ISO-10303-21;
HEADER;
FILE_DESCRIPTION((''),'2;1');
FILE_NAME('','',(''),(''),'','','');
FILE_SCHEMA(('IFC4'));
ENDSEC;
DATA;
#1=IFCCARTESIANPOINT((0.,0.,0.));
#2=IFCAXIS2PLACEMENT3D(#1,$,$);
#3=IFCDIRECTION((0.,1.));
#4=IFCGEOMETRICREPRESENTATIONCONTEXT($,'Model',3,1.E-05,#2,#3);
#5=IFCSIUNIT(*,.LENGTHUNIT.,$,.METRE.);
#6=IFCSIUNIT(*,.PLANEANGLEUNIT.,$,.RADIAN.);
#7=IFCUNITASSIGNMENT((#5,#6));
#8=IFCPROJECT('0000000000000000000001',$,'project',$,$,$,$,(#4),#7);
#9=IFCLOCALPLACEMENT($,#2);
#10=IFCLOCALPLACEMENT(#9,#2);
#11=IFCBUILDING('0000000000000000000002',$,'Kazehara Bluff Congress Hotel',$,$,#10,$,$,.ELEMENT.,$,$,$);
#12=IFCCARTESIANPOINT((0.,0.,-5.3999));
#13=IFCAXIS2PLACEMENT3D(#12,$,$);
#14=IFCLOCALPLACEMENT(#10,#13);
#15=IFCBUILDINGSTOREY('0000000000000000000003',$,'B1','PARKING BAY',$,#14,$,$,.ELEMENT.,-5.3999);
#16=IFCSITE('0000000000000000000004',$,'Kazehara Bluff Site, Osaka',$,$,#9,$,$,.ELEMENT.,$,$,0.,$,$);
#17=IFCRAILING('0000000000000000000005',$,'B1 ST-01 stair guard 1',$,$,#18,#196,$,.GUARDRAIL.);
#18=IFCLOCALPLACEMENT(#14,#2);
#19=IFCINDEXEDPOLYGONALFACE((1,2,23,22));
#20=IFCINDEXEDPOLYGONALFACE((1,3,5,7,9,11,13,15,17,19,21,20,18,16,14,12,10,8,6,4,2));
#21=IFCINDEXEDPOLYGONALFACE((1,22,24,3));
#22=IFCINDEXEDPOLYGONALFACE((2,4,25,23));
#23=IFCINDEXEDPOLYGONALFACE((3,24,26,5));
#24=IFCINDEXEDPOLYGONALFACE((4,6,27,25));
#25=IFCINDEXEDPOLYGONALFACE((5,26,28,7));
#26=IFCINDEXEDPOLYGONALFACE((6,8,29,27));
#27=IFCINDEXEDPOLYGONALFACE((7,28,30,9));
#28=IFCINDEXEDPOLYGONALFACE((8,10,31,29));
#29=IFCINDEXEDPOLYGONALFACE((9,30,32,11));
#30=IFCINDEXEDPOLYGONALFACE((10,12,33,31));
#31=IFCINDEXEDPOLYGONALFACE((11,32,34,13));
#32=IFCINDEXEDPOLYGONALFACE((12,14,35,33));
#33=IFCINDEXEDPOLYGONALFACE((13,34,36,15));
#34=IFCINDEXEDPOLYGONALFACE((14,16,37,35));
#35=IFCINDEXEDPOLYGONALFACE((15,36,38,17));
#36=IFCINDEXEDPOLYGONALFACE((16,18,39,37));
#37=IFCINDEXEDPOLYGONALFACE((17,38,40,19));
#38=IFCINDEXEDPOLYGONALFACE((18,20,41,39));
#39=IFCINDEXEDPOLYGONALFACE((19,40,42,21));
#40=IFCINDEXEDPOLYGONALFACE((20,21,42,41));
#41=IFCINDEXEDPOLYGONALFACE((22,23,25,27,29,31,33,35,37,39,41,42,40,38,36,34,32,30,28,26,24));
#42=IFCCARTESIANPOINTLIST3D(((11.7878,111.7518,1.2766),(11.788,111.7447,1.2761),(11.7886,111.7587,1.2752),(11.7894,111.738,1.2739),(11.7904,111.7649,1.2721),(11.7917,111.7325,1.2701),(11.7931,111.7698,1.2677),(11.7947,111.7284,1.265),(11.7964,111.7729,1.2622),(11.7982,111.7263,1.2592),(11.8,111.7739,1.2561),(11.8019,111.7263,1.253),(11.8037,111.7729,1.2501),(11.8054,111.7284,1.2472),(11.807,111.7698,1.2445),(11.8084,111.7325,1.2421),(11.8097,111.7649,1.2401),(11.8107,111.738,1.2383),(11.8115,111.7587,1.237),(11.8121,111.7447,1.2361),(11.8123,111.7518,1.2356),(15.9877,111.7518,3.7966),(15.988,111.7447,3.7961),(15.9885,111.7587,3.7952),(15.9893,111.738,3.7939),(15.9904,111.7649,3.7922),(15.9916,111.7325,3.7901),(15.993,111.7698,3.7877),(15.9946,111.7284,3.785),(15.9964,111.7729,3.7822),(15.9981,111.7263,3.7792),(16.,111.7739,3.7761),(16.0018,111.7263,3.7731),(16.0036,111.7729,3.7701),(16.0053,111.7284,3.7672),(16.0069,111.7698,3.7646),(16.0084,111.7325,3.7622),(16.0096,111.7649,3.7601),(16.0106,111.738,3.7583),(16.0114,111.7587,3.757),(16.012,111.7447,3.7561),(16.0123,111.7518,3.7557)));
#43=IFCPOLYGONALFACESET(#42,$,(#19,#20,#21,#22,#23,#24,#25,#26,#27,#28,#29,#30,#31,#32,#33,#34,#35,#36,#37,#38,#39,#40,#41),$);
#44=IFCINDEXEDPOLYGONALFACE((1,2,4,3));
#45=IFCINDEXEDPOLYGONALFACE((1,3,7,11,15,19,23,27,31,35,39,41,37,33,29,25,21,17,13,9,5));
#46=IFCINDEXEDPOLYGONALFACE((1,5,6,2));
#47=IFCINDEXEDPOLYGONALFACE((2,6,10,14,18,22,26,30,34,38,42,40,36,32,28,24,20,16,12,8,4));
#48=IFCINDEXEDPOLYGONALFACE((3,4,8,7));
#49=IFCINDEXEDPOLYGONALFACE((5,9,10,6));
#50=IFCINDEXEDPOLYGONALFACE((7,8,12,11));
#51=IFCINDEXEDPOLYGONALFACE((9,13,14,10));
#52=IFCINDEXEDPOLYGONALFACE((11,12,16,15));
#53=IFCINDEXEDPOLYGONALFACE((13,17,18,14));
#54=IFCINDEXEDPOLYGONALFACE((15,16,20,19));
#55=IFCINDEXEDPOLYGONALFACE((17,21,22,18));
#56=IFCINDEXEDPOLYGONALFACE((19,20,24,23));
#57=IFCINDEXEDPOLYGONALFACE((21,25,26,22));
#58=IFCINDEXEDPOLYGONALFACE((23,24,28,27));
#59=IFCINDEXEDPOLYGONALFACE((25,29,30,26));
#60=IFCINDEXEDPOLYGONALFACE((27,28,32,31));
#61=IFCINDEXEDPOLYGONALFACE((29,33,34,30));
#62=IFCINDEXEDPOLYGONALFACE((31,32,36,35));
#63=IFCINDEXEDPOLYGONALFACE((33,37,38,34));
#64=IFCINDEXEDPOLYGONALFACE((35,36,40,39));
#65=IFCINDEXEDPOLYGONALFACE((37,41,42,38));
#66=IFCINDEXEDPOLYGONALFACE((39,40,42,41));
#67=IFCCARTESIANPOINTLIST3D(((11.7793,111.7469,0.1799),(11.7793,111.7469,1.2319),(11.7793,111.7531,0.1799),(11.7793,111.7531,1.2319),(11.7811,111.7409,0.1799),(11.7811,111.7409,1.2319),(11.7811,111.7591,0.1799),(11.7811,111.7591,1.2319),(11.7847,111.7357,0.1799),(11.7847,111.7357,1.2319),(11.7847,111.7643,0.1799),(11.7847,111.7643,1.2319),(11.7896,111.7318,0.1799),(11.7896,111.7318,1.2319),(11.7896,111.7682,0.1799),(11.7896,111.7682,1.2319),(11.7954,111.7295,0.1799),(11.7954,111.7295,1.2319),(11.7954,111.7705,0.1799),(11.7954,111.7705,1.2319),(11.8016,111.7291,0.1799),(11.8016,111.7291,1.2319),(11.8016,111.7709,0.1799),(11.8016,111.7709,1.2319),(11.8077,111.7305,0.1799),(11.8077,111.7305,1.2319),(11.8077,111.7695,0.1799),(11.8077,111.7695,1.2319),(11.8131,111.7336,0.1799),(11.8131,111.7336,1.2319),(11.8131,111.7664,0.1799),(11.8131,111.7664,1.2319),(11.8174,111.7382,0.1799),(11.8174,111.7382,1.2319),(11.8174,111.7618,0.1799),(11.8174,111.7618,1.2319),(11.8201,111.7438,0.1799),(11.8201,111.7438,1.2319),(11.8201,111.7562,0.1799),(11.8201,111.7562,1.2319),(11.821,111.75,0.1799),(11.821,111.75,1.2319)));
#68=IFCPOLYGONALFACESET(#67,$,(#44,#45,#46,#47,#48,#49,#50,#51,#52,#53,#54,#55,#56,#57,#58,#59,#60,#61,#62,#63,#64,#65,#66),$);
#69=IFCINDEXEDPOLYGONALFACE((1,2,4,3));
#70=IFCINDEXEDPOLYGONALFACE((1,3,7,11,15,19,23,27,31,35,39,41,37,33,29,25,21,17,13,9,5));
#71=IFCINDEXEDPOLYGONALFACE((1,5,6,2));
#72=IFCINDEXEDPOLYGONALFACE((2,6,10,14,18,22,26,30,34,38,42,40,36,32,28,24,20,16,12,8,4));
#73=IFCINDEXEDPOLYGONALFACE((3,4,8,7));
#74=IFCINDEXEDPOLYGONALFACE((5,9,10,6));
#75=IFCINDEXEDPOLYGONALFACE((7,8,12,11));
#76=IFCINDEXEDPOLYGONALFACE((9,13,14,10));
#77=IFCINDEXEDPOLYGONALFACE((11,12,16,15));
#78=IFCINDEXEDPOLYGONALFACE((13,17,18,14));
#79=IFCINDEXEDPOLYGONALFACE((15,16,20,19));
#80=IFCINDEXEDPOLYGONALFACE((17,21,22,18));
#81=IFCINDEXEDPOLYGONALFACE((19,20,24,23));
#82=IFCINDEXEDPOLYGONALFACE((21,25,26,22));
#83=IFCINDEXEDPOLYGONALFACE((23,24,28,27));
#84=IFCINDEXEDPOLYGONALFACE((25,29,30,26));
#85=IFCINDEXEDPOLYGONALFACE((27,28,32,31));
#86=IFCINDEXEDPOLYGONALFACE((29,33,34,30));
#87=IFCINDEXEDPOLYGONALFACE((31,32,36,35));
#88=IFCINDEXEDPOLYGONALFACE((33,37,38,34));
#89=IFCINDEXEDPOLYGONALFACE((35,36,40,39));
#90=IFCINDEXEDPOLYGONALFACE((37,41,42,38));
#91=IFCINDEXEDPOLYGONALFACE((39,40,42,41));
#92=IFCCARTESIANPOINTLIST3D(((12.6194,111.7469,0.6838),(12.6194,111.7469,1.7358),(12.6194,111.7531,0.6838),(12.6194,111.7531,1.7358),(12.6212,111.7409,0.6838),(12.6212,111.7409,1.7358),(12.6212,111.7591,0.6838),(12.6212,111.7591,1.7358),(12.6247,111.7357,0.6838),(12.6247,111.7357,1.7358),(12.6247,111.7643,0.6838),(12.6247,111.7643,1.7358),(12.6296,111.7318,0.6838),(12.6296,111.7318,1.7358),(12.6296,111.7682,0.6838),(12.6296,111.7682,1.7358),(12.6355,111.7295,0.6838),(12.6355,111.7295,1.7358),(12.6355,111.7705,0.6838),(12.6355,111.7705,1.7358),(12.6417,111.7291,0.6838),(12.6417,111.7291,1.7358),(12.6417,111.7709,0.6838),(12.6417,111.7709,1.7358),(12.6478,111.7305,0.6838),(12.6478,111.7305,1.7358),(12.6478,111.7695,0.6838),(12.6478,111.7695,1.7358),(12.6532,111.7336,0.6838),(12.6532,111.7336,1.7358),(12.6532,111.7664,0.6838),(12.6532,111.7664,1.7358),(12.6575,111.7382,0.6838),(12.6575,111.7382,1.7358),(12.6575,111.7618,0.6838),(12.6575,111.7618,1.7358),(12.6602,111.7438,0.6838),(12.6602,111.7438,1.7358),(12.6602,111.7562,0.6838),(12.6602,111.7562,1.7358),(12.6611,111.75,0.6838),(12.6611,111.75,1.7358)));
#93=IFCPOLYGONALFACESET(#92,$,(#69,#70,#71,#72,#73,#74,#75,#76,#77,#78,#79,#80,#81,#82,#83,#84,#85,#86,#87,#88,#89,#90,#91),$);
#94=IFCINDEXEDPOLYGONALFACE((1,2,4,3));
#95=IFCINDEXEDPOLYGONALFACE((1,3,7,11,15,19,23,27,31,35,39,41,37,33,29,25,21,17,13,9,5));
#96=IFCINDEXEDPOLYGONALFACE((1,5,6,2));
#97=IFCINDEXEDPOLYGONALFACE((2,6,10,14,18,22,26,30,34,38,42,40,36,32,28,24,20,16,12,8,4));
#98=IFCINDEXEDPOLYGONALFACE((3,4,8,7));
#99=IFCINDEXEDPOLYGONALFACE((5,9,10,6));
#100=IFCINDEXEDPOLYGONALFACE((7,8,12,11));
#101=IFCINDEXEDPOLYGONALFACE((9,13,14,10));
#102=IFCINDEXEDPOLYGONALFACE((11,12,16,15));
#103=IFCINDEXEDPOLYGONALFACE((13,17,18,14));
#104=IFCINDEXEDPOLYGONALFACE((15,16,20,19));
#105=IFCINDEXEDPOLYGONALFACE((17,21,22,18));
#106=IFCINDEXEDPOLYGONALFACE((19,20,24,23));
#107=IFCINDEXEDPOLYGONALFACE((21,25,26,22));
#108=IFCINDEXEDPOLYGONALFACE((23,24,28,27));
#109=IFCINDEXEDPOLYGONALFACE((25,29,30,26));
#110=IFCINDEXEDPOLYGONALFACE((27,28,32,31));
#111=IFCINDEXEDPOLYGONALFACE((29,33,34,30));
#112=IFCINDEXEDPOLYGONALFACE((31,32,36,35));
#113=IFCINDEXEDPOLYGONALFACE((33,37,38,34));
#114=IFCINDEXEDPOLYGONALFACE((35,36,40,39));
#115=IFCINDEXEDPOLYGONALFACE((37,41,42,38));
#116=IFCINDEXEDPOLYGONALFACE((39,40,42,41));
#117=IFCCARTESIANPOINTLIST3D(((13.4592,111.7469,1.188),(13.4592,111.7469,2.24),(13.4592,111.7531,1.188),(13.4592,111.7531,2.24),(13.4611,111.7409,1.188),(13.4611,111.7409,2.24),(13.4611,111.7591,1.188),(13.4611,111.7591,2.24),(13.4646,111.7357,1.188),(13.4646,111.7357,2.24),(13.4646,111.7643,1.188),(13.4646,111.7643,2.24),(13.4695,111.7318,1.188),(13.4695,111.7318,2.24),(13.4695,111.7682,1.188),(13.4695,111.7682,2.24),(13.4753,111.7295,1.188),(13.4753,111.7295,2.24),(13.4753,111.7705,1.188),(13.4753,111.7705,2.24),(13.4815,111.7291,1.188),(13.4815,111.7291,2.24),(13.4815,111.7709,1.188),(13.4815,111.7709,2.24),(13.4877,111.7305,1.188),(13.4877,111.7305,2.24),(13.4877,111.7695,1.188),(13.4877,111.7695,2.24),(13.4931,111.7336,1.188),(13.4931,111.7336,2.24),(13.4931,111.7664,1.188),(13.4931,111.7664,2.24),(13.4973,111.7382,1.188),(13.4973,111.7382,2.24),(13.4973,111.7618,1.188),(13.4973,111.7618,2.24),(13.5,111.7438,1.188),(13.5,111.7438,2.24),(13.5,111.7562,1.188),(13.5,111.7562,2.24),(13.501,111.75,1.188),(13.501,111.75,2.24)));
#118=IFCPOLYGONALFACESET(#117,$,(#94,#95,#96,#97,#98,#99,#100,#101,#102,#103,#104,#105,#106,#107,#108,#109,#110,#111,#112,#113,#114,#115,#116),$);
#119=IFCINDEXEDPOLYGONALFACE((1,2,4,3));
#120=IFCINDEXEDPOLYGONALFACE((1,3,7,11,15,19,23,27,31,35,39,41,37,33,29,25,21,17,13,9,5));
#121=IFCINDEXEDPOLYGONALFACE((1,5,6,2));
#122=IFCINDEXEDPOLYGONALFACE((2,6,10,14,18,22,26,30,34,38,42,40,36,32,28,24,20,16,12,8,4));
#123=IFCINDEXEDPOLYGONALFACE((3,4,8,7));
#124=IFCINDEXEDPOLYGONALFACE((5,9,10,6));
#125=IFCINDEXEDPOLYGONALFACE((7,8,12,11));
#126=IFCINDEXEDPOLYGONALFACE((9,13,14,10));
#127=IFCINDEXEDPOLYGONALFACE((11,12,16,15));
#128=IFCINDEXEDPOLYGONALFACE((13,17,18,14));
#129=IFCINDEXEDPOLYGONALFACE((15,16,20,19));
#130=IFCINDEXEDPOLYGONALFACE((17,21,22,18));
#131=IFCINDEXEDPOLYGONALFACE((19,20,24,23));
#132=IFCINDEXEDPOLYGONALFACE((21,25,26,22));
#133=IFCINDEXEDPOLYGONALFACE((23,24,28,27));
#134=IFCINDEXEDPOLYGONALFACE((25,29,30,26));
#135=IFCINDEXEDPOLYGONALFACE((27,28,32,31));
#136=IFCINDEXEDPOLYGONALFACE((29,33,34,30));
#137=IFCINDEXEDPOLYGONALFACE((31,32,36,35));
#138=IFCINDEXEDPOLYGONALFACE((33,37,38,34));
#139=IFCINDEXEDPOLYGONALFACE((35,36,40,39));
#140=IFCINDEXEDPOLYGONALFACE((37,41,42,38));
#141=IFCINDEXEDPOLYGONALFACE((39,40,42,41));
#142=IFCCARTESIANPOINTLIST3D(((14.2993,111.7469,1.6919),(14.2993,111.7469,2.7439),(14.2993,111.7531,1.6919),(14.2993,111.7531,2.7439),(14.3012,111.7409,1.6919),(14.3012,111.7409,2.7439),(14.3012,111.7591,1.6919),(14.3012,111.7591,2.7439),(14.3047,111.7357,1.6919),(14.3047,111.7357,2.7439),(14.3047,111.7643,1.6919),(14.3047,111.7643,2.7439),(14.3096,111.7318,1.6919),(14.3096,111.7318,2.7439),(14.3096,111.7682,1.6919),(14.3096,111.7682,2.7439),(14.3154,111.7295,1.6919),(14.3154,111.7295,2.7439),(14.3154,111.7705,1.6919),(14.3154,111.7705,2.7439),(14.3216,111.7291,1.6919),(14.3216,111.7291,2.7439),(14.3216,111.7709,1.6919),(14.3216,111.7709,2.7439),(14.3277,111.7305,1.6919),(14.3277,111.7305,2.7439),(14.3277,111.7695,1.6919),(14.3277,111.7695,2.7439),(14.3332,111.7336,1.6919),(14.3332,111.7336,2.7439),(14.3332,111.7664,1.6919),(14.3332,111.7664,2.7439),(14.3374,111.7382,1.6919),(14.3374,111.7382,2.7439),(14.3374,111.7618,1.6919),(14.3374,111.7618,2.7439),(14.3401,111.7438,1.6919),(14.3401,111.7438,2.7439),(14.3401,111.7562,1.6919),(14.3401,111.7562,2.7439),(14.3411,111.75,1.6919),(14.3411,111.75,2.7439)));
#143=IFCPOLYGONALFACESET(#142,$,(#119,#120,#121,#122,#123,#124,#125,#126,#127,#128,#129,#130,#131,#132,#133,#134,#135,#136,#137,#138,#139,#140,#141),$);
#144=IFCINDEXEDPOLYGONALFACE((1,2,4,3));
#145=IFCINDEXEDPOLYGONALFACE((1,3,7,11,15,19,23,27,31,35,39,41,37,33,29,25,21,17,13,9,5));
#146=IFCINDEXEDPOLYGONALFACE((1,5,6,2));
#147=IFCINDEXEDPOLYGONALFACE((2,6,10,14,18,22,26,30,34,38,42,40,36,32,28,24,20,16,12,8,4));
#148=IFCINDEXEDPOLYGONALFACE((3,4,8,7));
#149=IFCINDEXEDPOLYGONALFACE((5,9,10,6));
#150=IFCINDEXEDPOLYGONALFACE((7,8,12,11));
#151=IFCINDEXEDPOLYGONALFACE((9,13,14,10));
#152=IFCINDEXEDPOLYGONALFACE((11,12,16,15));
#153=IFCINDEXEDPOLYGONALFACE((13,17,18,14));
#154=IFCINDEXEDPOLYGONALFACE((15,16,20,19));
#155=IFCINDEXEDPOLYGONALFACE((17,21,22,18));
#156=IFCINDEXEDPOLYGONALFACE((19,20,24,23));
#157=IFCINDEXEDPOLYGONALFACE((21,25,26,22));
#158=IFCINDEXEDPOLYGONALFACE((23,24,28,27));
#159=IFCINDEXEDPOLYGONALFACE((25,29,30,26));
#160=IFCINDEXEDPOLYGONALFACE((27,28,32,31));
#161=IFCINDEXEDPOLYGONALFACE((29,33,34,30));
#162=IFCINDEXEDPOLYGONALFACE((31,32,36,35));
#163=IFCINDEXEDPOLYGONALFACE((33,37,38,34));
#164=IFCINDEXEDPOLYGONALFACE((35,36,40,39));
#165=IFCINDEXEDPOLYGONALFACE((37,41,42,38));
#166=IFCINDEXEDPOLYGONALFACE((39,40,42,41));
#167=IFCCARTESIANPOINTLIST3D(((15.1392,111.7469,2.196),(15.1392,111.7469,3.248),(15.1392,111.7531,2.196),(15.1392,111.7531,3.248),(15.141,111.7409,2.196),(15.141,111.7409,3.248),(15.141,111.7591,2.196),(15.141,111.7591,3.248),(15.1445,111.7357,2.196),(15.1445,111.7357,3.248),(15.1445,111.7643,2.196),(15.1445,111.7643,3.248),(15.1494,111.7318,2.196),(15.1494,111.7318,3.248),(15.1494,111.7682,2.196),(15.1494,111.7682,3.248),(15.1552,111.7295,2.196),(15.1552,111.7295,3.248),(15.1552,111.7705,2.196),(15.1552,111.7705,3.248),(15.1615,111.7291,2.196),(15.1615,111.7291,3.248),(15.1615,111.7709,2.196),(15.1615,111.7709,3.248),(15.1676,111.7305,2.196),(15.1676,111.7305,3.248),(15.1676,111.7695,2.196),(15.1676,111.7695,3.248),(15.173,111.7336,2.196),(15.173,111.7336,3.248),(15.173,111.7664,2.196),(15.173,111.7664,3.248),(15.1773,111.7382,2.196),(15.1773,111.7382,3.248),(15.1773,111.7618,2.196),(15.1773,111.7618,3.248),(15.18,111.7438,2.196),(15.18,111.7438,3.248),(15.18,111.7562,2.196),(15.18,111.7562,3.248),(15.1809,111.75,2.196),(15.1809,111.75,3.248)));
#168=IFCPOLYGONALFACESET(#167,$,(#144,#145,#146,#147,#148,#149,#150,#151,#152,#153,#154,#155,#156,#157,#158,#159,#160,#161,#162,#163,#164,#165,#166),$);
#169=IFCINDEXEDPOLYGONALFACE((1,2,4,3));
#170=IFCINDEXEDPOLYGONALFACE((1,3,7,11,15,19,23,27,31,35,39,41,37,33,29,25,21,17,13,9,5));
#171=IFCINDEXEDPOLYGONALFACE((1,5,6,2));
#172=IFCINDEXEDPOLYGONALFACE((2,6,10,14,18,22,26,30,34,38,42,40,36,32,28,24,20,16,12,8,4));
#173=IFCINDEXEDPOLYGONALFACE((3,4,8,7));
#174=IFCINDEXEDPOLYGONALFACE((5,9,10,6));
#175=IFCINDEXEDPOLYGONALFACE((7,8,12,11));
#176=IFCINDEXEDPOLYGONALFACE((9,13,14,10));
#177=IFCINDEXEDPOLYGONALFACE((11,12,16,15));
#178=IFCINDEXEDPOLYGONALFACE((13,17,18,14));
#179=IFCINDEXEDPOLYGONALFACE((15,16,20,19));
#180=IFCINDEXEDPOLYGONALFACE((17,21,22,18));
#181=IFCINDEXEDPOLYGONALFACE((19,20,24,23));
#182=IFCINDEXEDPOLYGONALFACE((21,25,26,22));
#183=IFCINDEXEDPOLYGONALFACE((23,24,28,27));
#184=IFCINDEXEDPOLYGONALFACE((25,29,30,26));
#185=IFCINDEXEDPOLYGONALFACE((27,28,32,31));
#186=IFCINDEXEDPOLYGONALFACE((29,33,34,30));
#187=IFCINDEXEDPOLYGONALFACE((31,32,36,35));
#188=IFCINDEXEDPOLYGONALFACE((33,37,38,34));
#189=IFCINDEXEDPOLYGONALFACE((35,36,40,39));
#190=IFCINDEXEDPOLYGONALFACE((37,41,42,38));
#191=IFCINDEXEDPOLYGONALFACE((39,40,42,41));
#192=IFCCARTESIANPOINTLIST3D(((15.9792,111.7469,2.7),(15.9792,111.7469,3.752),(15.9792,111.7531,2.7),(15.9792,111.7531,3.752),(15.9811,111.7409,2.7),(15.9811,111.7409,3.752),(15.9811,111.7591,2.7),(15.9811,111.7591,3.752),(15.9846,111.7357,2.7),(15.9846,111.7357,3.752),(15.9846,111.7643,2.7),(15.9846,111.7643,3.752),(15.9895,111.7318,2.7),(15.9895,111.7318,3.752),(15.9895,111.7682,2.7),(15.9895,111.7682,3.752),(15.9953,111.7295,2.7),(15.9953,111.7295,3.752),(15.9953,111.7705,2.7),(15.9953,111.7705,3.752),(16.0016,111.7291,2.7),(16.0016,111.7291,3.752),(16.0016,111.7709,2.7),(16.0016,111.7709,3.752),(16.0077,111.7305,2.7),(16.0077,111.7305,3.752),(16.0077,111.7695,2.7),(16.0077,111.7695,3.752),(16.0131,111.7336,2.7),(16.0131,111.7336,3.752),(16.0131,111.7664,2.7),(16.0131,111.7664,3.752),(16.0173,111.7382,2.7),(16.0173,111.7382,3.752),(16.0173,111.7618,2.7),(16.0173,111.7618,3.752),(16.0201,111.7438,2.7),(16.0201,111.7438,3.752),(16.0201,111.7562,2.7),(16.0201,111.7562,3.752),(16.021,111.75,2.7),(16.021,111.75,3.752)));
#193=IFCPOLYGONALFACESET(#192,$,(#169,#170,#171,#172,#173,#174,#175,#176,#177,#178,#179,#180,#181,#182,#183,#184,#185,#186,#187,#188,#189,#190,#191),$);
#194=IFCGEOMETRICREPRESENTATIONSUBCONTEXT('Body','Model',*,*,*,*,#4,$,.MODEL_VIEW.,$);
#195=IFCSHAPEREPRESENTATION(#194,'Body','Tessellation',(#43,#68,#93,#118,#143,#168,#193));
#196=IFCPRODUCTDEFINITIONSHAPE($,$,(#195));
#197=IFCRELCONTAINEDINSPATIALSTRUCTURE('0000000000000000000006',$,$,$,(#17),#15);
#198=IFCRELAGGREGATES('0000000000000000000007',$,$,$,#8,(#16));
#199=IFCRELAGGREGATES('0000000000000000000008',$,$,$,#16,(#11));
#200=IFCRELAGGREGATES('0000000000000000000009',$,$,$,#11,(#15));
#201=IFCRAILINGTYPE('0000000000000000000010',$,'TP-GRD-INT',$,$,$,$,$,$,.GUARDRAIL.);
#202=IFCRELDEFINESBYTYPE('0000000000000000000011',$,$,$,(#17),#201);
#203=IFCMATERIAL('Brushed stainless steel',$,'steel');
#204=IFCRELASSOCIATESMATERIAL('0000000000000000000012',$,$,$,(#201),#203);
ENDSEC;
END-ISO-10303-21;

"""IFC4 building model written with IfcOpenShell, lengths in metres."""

from ifc_helpers import new_model, si_unit, direction, frame, origin, origin_2d, place, context, subcontext, project, spatial, circle, extrude, material, type_object, element, save


model = new_model("IFC4")

# Units and contexts
model_context = context("Model", 3, precision=1e-05, world=origin(), true_north=direction((0.0, 1.0)))
body_context = subcontext(model_context, "Body", "Model", "MODEL_VIEW")
ifc_project = project(units=[si_unit("LENGTHUNIT", "METRE"), si_unit("PLANEANGLEUNIT", "RADIAN")], contexts=[model_context])

# Site, building, storey
site_placement = place(None, origin())
site = spatial("IfcSite", under=ifc_project, at=site_placement, Name="Kazehara Bluff Site, Osaka", CompositionType="ELEMENT", RefElevation=0.0)
building_placement = place(site_placement, origin())
building = spatial("IfcBuilding", under=site, at=building_placement, Name="Kazehara Bluff Congress Hotel", CompositionType="ELEMENT")
storey_placement = place(building_placement, frame((0.0, 0.0, -5.3999)))
storey = spatial("IfcBuildingStorey", under=building, at=storey_placement, Name="B1", Description="PARKING BAY", CompositionType="ELEMENT", Elevation=-5.3999)

# Railing
ifc_material_1 = material(Name="Brushed stainless steel", Category="steel")
railing_type_1 = type_object("IfcRailingType", Name="TP-GRD-INT", PredefinedType="GUARDRAIL", material=ifc_material_1)
railing_1_placement = place(storey_placement, frame((11.8, 111.75, 0.1799)))
element("IfcRailing", 1, at=railing_1_placement, inside=storey, type_object=railing_type_1, Name="B1 ST-01 stair guard 1", PredefinedType="GUARDRAIL", context=body_context, shape_type="SweptSolid", body=[
    extrude(circle(Radius=0.0239, at=origin_2d()), frame((0.0, 0.0, 1.0762), z_axis=(0.857489, 0.0, 0.514503), x_axis=(0.0, 1.0, 0.0)), (0.0, 0.0, 1.0), 4.8979),
    extrude(circle(Radius=0.021, at=origin_2d()), origin(), (0.0, 0.0, 1.0), 1.052),
    extrude(circle(Radius=0.021, at=origin_2d()), frame((0.8401, 0.0, 0.5039)), (0.0, 0.0, 1.0), 1.052),
    extrude(circle(Radius=0.021, at=origin_2d()), frame((1.6799, 0.0, 1.0081)), (0.0, 0.0, 1.0), 1.052),
    extrude(circle(Radius=0.021, at=origin_2d()), frame((2.52, 0.0, 1.512)), (0.0, 0.0, 1.0), 1.052),
    extrude(circle(Radius=0.021, at=origin_2d()), frame((3.3599, 0.0, 2.0161)), (0.0, 0.0, 1.0), 1.052),
    extrude(circle(Radius=0.021, at=origin_2d()), frame((4.2, 0.0, 2.52)), (0.0, 0.0, 1.0), 1.052),
])

save(model, "model.ifc")
